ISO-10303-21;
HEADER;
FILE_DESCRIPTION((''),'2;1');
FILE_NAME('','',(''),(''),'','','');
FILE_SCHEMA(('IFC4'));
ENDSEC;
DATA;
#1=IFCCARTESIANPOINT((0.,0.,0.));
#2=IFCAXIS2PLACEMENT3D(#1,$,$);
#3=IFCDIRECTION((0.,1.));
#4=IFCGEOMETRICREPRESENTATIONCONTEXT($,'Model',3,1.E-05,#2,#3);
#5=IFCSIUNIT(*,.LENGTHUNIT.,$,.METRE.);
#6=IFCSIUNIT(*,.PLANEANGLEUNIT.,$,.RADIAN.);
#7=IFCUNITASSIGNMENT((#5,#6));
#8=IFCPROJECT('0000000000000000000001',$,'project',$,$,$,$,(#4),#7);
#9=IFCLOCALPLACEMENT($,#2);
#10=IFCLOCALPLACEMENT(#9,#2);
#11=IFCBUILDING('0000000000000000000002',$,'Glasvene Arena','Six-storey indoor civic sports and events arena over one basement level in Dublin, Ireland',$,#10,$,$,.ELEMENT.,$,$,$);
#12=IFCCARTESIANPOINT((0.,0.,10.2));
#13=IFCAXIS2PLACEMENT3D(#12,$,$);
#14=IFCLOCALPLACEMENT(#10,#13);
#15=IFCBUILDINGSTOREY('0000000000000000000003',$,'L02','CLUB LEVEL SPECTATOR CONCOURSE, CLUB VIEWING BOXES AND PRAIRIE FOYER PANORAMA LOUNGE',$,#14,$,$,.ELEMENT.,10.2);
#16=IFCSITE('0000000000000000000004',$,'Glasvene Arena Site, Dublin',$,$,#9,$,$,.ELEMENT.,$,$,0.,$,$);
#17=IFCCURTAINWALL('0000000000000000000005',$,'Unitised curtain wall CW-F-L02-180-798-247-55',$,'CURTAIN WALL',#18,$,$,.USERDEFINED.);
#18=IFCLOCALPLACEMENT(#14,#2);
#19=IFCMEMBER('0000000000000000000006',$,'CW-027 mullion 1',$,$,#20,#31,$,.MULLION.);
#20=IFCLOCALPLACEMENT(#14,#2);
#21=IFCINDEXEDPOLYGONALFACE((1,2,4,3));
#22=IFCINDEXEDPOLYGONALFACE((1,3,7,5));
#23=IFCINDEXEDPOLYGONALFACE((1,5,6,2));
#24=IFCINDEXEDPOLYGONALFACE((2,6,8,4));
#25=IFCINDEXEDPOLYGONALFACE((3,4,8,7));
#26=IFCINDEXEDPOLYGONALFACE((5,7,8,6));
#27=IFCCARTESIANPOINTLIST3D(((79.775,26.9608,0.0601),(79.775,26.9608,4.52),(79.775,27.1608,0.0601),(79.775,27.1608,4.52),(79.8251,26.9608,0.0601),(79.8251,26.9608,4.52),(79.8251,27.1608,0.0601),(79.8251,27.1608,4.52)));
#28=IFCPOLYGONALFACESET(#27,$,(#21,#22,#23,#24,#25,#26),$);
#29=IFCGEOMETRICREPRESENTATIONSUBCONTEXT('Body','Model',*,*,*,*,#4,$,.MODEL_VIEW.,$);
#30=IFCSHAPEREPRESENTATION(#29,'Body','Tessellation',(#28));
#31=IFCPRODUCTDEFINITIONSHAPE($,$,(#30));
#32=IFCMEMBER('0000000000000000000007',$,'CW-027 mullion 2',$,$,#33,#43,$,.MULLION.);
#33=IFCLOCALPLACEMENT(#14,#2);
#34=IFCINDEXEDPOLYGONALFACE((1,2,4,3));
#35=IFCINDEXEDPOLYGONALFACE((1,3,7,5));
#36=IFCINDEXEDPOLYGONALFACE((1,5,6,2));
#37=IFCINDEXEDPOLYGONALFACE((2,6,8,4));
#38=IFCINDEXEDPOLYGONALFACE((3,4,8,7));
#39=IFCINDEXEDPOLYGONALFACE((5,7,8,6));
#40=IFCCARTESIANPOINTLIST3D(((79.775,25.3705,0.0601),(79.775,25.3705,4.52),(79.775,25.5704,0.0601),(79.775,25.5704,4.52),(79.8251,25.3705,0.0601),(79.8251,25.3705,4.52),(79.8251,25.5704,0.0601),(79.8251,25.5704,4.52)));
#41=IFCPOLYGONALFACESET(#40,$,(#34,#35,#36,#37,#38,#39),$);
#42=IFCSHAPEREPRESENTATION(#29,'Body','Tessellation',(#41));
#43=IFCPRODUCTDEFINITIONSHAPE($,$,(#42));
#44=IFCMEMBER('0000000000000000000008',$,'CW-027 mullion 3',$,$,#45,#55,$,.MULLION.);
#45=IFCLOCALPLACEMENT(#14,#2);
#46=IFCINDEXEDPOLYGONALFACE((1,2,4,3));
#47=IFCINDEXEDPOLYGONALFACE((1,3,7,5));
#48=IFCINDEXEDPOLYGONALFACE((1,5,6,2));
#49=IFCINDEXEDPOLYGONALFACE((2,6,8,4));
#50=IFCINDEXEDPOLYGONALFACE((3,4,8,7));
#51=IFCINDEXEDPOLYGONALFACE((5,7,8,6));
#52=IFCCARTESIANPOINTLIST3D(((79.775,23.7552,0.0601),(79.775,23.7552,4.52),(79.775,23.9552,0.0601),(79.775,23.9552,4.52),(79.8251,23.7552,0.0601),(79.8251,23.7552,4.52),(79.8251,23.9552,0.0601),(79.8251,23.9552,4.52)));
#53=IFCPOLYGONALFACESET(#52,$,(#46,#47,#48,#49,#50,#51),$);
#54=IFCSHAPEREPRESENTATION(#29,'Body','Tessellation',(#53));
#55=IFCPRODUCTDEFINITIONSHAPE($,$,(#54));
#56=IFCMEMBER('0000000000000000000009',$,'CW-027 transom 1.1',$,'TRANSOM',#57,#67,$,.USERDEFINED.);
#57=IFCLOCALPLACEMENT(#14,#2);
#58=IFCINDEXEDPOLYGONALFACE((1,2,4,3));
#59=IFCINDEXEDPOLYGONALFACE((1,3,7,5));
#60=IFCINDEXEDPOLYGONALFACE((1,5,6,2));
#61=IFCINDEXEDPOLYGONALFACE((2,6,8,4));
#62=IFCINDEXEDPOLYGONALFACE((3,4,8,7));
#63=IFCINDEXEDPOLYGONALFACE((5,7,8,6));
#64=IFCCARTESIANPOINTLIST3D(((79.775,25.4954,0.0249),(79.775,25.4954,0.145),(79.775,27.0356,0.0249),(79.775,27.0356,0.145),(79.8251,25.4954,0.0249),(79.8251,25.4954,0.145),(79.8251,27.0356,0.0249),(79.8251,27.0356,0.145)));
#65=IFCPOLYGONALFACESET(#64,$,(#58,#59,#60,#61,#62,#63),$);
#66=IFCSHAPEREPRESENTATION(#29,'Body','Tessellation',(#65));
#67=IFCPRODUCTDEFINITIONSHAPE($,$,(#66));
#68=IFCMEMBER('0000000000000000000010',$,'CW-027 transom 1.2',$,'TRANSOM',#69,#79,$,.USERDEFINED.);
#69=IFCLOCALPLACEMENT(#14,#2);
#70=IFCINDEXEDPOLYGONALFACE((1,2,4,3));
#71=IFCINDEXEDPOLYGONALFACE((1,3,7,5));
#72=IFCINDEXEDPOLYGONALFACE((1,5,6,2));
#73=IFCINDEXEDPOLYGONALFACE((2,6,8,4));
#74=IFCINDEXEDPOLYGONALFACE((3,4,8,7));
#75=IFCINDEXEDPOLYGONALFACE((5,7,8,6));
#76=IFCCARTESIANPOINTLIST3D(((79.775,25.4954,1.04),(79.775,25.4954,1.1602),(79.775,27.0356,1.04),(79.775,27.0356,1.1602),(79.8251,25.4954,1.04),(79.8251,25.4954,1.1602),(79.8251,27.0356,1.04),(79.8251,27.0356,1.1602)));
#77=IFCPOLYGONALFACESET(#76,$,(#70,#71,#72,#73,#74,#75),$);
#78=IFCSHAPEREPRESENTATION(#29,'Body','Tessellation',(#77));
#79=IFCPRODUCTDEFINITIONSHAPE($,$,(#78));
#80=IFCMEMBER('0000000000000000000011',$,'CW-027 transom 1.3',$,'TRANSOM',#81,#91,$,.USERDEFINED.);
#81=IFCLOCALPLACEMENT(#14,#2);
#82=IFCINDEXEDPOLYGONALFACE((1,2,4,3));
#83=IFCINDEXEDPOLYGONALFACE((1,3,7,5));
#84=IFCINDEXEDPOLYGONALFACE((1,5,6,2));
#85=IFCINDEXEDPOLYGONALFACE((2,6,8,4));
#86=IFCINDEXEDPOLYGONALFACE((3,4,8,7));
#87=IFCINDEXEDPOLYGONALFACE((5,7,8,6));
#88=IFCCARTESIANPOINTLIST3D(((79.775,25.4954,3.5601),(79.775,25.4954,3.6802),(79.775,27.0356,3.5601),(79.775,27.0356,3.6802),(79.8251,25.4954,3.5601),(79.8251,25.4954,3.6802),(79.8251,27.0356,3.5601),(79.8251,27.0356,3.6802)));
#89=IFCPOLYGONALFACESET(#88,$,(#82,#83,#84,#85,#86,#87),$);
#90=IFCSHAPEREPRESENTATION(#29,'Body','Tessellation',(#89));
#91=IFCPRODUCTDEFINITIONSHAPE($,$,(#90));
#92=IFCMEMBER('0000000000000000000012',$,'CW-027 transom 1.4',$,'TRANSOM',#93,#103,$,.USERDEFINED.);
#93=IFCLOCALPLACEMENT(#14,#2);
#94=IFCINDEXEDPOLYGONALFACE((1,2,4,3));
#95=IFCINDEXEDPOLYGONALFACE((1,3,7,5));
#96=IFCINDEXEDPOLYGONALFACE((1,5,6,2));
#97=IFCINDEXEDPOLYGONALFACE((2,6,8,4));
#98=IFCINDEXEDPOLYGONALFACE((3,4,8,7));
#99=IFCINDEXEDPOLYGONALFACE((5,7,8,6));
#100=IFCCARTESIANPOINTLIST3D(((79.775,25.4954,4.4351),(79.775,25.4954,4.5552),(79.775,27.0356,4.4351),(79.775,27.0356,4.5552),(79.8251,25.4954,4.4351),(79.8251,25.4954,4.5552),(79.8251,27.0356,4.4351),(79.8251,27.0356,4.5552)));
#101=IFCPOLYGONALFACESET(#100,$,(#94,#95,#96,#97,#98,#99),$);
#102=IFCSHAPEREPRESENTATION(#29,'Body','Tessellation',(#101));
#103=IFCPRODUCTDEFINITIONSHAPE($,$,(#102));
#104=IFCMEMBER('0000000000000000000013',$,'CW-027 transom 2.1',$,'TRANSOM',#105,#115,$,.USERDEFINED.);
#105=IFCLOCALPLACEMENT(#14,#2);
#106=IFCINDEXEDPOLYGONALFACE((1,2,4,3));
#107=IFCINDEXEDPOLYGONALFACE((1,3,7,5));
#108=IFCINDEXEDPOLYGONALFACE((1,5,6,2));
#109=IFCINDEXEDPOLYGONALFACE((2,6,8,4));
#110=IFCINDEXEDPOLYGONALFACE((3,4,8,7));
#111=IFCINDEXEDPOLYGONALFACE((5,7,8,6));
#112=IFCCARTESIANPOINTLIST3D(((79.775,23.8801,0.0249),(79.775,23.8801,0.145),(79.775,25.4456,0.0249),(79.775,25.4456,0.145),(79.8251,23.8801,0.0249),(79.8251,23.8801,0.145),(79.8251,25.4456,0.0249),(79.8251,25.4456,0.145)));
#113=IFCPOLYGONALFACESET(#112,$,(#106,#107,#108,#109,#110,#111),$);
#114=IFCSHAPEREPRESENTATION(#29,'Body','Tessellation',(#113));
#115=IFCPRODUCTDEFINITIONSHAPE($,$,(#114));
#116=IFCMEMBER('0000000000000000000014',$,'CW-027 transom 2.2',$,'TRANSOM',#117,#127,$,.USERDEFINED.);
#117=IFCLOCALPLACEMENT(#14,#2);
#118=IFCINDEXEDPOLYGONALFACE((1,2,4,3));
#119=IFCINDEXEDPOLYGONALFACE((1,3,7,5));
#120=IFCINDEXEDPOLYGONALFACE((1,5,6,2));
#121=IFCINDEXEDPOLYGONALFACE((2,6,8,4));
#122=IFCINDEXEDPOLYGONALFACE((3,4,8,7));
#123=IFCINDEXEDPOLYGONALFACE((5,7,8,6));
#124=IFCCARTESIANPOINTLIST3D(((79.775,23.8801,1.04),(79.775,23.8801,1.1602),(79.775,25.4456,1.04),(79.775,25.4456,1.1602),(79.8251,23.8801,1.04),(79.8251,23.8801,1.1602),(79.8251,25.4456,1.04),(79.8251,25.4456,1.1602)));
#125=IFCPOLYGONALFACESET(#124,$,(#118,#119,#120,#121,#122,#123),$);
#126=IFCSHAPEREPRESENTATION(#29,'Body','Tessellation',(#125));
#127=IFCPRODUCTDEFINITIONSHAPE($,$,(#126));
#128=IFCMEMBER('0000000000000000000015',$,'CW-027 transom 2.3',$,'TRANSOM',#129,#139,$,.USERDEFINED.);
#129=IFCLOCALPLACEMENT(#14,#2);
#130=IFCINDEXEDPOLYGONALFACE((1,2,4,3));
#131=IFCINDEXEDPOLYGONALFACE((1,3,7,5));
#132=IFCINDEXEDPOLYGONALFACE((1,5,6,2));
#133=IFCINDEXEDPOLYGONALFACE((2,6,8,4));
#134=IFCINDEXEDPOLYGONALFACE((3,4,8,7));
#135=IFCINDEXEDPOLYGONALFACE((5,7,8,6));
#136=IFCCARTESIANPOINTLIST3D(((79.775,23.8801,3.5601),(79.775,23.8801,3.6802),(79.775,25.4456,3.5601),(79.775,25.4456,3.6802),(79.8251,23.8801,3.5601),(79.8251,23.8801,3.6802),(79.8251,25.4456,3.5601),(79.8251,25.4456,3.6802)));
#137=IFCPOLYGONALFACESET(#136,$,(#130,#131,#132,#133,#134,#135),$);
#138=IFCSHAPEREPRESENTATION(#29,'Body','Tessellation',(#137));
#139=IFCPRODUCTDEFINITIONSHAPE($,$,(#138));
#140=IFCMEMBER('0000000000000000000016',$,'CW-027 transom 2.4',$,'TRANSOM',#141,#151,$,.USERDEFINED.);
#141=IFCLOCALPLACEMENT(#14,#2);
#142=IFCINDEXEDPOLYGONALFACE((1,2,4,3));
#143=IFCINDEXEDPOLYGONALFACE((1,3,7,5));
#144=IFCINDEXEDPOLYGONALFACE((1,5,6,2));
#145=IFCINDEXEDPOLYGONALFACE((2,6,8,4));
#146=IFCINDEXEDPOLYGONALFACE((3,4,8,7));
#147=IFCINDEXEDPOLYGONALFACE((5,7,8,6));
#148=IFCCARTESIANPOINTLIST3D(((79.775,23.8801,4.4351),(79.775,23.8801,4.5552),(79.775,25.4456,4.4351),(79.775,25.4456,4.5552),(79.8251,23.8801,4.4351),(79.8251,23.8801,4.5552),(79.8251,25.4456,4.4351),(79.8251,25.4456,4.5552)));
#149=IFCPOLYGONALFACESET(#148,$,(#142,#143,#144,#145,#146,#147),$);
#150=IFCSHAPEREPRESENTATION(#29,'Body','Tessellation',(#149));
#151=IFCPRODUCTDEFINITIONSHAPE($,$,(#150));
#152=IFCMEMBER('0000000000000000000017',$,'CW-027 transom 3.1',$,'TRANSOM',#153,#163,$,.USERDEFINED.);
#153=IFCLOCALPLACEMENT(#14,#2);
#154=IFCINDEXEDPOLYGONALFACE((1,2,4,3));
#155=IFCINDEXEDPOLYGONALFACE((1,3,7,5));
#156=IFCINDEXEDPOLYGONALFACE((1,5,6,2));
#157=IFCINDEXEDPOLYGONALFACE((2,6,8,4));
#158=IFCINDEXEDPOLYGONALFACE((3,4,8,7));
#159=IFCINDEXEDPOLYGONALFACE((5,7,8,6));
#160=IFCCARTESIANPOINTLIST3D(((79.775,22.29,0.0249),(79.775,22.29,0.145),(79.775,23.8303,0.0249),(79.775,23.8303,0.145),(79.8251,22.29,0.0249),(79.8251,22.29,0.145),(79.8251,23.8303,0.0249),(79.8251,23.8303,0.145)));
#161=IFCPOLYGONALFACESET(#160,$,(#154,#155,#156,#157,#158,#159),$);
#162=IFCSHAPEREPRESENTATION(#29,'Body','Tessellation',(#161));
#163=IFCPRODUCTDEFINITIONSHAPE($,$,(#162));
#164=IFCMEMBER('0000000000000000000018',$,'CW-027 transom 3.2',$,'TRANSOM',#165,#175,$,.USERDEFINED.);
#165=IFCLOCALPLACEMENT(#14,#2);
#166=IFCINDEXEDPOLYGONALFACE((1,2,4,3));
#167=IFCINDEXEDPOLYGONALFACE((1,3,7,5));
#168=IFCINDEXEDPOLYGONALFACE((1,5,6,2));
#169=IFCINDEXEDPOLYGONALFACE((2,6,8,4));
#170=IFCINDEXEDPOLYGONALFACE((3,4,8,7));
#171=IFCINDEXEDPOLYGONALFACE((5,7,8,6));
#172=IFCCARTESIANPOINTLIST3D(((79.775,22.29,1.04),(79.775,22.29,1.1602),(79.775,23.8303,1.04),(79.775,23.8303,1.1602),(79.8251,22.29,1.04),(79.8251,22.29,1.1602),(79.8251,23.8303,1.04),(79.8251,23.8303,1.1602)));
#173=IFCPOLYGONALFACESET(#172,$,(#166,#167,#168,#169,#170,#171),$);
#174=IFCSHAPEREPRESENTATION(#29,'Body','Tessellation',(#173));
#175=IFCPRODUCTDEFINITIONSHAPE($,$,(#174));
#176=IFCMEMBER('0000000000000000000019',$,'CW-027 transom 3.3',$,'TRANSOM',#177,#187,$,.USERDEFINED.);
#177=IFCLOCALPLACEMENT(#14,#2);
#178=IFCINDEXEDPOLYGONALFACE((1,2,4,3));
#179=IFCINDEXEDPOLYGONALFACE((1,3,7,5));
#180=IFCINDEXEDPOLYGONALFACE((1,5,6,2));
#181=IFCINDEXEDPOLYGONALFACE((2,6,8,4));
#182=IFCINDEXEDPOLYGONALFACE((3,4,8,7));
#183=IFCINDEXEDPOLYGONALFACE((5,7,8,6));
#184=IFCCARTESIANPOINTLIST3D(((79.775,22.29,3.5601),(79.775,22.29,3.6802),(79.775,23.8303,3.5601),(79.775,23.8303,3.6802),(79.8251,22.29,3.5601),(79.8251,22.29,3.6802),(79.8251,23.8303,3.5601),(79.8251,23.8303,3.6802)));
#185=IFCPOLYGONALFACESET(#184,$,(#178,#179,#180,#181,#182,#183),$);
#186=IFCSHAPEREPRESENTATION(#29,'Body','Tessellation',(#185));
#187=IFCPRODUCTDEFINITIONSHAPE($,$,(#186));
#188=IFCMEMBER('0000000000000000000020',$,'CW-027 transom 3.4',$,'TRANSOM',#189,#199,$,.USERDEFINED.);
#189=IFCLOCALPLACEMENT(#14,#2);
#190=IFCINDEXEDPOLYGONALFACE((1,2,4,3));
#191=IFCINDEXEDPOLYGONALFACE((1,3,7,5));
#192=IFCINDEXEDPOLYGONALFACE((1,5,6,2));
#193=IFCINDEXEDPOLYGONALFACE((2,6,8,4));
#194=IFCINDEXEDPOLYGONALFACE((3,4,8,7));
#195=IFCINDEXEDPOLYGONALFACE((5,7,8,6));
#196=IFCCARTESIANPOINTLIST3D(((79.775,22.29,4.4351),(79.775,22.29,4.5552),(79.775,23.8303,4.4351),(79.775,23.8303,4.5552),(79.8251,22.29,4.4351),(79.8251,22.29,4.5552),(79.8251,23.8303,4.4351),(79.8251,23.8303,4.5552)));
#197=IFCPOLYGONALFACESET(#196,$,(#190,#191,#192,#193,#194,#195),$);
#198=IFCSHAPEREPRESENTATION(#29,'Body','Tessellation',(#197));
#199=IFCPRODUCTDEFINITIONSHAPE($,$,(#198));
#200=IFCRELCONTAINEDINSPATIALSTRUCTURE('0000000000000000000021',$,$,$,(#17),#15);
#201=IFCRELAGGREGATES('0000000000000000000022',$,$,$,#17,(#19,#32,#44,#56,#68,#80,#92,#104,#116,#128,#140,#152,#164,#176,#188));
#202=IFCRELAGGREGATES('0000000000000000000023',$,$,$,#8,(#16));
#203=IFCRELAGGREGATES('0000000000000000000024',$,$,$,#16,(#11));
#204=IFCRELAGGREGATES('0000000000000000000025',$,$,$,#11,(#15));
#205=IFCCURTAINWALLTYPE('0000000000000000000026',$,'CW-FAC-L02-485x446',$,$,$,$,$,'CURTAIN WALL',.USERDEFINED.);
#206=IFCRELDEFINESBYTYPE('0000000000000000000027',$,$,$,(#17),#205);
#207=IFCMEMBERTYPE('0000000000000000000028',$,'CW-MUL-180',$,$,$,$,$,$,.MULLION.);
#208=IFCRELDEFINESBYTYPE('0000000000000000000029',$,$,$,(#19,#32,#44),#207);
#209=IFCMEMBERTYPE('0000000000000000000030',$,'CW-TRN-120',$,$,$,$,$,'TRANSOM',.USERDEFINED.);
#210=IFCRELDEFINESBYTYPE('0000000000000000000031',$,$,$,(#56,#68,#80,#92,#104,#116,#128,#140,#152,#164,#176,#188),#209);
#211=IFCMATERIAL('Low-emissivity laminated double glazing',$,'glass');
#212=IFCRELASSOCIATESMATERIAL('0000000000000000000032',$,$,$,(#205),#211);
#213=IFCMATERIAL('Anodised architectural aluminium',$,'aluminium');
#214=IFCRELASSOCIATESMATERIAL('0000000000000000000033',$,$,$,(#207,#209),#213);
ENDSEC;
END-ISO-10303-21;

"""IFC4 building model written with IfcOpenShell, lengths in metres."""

from ifc_helpers import new_model, si_unit, direction, frame, origin, origin_2d, place, context, subcontext, project, spatial, rectangle, extrude, material, material_profile, profile_set, type_object, element, aggregate, save


model = new_model("IFC4")

# Units and contexts
model_context = context("Model", 3, precision=1e-05, world=origin(), true_north=direction((0.0, 1.0)))
body_context = subcontext(model_context, "Body", "Model", "MODEL_VIEW")
ifc_project = project(units=[si_unit("LENGTHUNIT", "METRE"), si_unit("PLANEANGLEUNIT", "RADIAN")], contexts=[model_context])

# Site, building, storey
site_placement = place(None, origin())
site = spatial("IfcSite", under=ifc_project, at=site_placement, Name="Glasvene Arena Site, Dublin", CompositionType="ELEMENT", RefElevation=0.0)
building_placement = place(site_placement, origin())
building = spatial("IfcBuilding", under=site, at=building_placement, Name="Glasvene Arena", Description="Six-storey indoor civic sports and events arena over one basement level in Dublin, Ireland", CompositionType="ELEMENT")
storey_placement = place(building_placement, frame((0.0, 0.0, 10.2)))
storey = spatial("IfcBuildingStorey", under=building, at=storey_placement, Name="L02", Description="CLUB LEVEL SPECTATOR CONCOURSE, CLUB VIEWING BOXES AND PRAIRIE FOYER PANORAMA LOUNGE", CompositionType="ELEMENT", Elevation=10.2)

# Curtain wall, members
ifc_material_1 = material(Name="Low-emissivity laminated double glazing", Category="glass")
curtain_wall_type = type_object("IfcCurtainWallType", Name="CW-FAC-L02-485x446", ElementType="CURTAIN WALL", PredefinedType="USERDEFINED", material=ifc_material_1)
curtain_wall_placement = place(storey_placement, frame((79.8, 27.0857, 0.0)))
curtain_wall = element("IfcCurtainWall", 1, at=curtain_wall_placement, inside=storey, type_object=curtain_wall_type, Name="Unitised curtain wall CW-F-L02-180-798-247-55", ObjectType="CURTAIN WALL", PredefinedType="USERDEFINED")
ifc_material_2 = material(Name="Anodised architectural aluminium", Category="aluminium")
ifc_material_profile_1 = material_profile(ifc_material_2, rectangle(XDim=0.05, YDim=0.2, at=origin_2d()), Name="ALU MULLION 50x200")
ifc_profile_set_1 = profile_set([ifc_material_profile_1], Name="Anodised architectural aluminium")
member_type_1 = type_object("IfcMemberType", Name="CW-MUL-180", PredefinedType="MULLION", material=ifc_profile_set_1)
member_1_placement = place(storey_placement, frame((79.8, 27.0608, 0.0601), z_axis=(0.0, 0.0, 1.0), x_axis=(1.0, 0.0, 0.0)))
member_1 = element("IfcMember", 2, at=member_1_placement, type_object=member_type_1, Name="CW-027 mullion 1", PredefinedType="MULLION", context=body_context, shape_type="SweptSolid", body=[
    extrude(rectangle(XDim=0.05, YDim=0.2, at=origin_2d()), origin(), (0.0, 0.0, 1.0), 4.46),
])
member_2_placement = place(storey_placement, frame((79.8, 25.4705, 0.0601), z_axis=(0.0, 0.0, 1.0), x_axis=(1.0, 0.0, 0.0)))
member_2 = element("IfcMember", 3, at=member_2_placement, type_object=member_type_1, Name="CW-027 mullion 2", PredefinedType="MULLION", context=body_context, shape_type="SweptSolid", body=[
    extrude(rectangle(XDim=0.05, YDim=0.2, at=origin_2d()), origin(), (0.0, 0.0, 1.0), 4.46),
])
member_3_placement = place(storey_placement, frame((79.8, 23.8552, 0.0601), z_axis=(0.0, 0.0, 1.0), x_axis=(1.0, 0.0, 0.0)))
member_3 = element("IfcMember", 4, at=member_3_placement, type_object=member_type_1, Name="CW-027 mullion 3", PredefinedType="MULLION", context=body_context, shape_type="SweptSolid", body=[
    extrude(rectangle(XDim=0.05, YDim=0.2, at=origin_2d()), origin(), (0.0, 0.0, 1.0), 4.46),
])
ifc_material_profile_2 = material_profile(ifc_material_2, rectangle(XDim=0.05, YDim=0.1201, at=origin_2d()), Name="ALU TRANSOM 50x120")
ifc_profile_set_2 = profile_set([ifc_material_profile_2], Name="Anodised architectural aluminium")
member_type_2 = type_object("IfcMemberType", Name="CW-TRN-120", ElementType="TRANSOM", PredefinedType="USERDEFINED", material=ifc_profile_set_2)
member_4_placement = place(storey_placement, frame((79.8, 27.0356, 0.085), z_axis=(0.0, -1.0, 0.0), x_axis=(1.0, 0.0, 0.0)))
member_4 = element("IfcMember", 5, at=member_4_placement, type_object=member_type_2, Name="CW-027 transom 1.1", ObjectType="TRANSOM", PredefinedType="USERDEFINED", context=body_context, shape_type="SweptSolid", body=[
    extrude(rectangle(XDim=0.05, YDim=0.1201, at=origin_2d()), origin(), (0.0, 0.0, 1.0), 1.5403),
])
member_5_placement = place(storey_placement, frame((79.8, 27.0356, 1.1001), z_axis=(0.0, -1.0, 0.0), x_axis=(1.0, 0.0, 0.0)))
member_5 = element("IfcMember", 6, at=member_5_placement, type_object=member_type_2, Name="CW-027 transom 1.2", ObjectType="TRANSOM", PredefinedType="USERDEFINED", context=body_context, shape_type="SweptSolid", body=[
    extrude(rectangle(XDim=0.05, YDim=0.1201, at=origin_2d()), origin(), (0.0, 0.0, 1.0), 1.5403),
])
member_6_placement = place(storey_placement, frame((79.8, 27.0356, 3.6201), z_axis=(0.0, -1.0, 0.0), x_axis=(1.0, 0.0, 0.0)))
member_6 = element("IfcMember", 7, at=member_6_placement, type_object=member_type_2, Name="CW-027 transom 1.3", ObjectType="TRANSOM", PredefinedType="USERDEFINED", context=body_context, shape_type="SweptSolid", body=[
    extrude(rectangle(XDim=0.05, YDim=0.1201, at=origin_2d()), origin(), (0.0, 0.0, 1.0), 1.5403),
])
member_7_placement = place(storey_placement, frame((79.8, 27.0356, 4.4951), z_axis=(0.0, -1.0, 0.0), x_axis=(1.0, 0.0, 0.0)))
member_7 = element("IfcMember", 8, at=member_7_placement, type_object=member_type_2, Name="CW-027 transom 1.4", ObjectType="TRANSOM", PredefinedType="USERDEFINED", context=body_context, shape_type="SweptSolid", body=[
    extrude(rectangle(XDim=0.05, YDim=0.1201, at=origin_2d()), origin(), (0.0, 0.0, 1.0), 1.5403),
])
member_8_placement = place(storey_placement, frame((79.8, 25.4456, 0.085), z_axis=(0.0, -1.0, 0.0), x_axis=(1.0, 0.0, 0.0)))
member_8 = element("IfcMember", 9, at=member_8_placement, type_object=member_type_2, Name="CW-027 transom 2.1", ObjectType="TRANSOM", PredefinedType="USERDEFINED", context=body_context, shape_type="SweptSolid", body=[
    extrude(rectangle(XDim=0.05, YDim=0.1201, at=origin_2d()), origin(), (0.0, 0.0, 1.0), 1.5654),
])
member_9_placement = place(storey_placement, frame((79.8, 25.4456, 1.1001), z_axis=(0.0, -1.0, 0.0), x_axis=(1.0, 0.0, 0.0)))
member_9 = element("IfcMember", 10, at=member_9_placement, type_object=member_type_2, Name="CW-027 transom 2.2", ObjectType="TRANSOM", PredefinedType="USERDEFINED", context=body_context, shape_type="SweptSolid", body=[
    extrude(rectangle(XDim=0.05, YDim=0.1201, at=origin_2d()), origin(), (0.0, 0.0, 1.0), 1.5654),
])
member_10_placement = place(storey_placement, frame((79.8, 25.4456, 3.6201), z_axis=(0.0, -1.0, 0.0), x_axis=(1.0, 0.0, 0.0)))
member_10 = element("IfcMember", 11, at=member_10_placement, type_object=member_type_2, Name="CW-027 transom 2.3", ObjectType="TRANSOM", PredefinedType="USERDEFINED", context=body_context, shape_type="SweptSolid", body=[
    extrude(rectangle(XDim=0.05, YDim=0.1201, at=origin_2d()), origin(), (0.0, 0.0, 1.0), 1.5654),
])
member_11_placement = place(storey_placement, frame((79.8, 25.4456, 4.4951), z_axis=(0.0, -1.0, 0.0), x_axis=(1.0, 0.0, 0.0)))
member_11 = element("IfcMember", 12, at=member_11_placement, type_object=member_type_2, Name="CW-027 transom 2.4", ObjectType="TRANSOM", PredefinedType="USERDEFINED", context=body_context, shape_type="SweptSolid", body=[
    extrude(rectangle(XDim=0.05, YDim=0.1201, at=origin_2d()), origin(), (0.0, 0.0, 1.0), 1.5654),
])
member_12_placement = place(storey_placement, frame((79.8, 23.8303, 0.085), z_axis=(0.0, -1.0, 0.0), x_axis=(1.0, 0.0, 0.0)))
member_12 = element("IfcMember", 13, at=member_12_placement, type_object=member_type_2, Name="CW-027 transom 3.1", ObjectType="TRANSOM", PredefinedType="USERDEFINED", context=body_context, shape_type="SweptSolid", body=[
    extrude(rectangle(XDim=0.05, YDim=0.1201, at=origin_2d()), origin(), (0.0, 0.0, 1.0), 1.5403),
])
member_13_placement = place(storey_placement, frame((79.8, 23.8303, 1.1001), z_axis=(0.0, -1.0, 0.0), x_axis=(1.0, 0.0, 0.0)))
member_13 = element("IfcMember", 14, at=member_13_placement, type_object=member_type_2, Name="CW-027 transom 3.2", ObjectType="TRANSOM", PredefinedType="USERDEFINED", context=body_context, shape_type="SweptSolid", body=[
    extrude(rectangle(XDim=0.05, YDim=0.1201, at=origin_2d()), origin(), (0.0, 0.0, 1.0), 1.5403),
])
member_14_placement = place(storey_placement, frame((79.8, 23.8303, 3.6201), z_axis=(0.0, -1.0, 0.0), x_axis=(1.0, 0.0, 0.0)))
member_14 = element("IfcMember", 15, at=member_14_placement, type_object=member_type_2, Name="CW-027 transom 3.3", ObjectType="TRANSOM", PredefinedType="USERDEFINED", context=body_context, shape_type="SweptSolid", body=[
    extrude(rectangle(XDim=0.05, YDim=0.1201, at=origin_2d()), origin(), (0.0, 0.0, 1.0), 1.5403),
])
member_15_placement = place(storey_placement, frame((79.8, 23.8303, 4.4951), z_axis=(0.0, -1.0, 0.0), x_axis=(1.0, 0.0, 0.0)))
member_15 = element("IfcMember", 16, at=member_15_placement, type_object=member_type_2, Name="CW-027 transom 3.4", ObjectType="TRANSOM", PredefinedType="USERDEFINED", context=body_context, shape_type="SweptSolid", body=[
    extrude(rectangle(XDim=0.05, YDim=0.1201, at=origin_2d()), origin(), (0.0, 0.0, 1.0), 1.5403),
])
aggregate(curtain_wall, [member_1, member_2, member_3, member_4, member_5, member_6, member_7, member_8, member_9, member_10, member_11, member_12, member_13, member_14, member_15])

save(model, "model.ifc")
